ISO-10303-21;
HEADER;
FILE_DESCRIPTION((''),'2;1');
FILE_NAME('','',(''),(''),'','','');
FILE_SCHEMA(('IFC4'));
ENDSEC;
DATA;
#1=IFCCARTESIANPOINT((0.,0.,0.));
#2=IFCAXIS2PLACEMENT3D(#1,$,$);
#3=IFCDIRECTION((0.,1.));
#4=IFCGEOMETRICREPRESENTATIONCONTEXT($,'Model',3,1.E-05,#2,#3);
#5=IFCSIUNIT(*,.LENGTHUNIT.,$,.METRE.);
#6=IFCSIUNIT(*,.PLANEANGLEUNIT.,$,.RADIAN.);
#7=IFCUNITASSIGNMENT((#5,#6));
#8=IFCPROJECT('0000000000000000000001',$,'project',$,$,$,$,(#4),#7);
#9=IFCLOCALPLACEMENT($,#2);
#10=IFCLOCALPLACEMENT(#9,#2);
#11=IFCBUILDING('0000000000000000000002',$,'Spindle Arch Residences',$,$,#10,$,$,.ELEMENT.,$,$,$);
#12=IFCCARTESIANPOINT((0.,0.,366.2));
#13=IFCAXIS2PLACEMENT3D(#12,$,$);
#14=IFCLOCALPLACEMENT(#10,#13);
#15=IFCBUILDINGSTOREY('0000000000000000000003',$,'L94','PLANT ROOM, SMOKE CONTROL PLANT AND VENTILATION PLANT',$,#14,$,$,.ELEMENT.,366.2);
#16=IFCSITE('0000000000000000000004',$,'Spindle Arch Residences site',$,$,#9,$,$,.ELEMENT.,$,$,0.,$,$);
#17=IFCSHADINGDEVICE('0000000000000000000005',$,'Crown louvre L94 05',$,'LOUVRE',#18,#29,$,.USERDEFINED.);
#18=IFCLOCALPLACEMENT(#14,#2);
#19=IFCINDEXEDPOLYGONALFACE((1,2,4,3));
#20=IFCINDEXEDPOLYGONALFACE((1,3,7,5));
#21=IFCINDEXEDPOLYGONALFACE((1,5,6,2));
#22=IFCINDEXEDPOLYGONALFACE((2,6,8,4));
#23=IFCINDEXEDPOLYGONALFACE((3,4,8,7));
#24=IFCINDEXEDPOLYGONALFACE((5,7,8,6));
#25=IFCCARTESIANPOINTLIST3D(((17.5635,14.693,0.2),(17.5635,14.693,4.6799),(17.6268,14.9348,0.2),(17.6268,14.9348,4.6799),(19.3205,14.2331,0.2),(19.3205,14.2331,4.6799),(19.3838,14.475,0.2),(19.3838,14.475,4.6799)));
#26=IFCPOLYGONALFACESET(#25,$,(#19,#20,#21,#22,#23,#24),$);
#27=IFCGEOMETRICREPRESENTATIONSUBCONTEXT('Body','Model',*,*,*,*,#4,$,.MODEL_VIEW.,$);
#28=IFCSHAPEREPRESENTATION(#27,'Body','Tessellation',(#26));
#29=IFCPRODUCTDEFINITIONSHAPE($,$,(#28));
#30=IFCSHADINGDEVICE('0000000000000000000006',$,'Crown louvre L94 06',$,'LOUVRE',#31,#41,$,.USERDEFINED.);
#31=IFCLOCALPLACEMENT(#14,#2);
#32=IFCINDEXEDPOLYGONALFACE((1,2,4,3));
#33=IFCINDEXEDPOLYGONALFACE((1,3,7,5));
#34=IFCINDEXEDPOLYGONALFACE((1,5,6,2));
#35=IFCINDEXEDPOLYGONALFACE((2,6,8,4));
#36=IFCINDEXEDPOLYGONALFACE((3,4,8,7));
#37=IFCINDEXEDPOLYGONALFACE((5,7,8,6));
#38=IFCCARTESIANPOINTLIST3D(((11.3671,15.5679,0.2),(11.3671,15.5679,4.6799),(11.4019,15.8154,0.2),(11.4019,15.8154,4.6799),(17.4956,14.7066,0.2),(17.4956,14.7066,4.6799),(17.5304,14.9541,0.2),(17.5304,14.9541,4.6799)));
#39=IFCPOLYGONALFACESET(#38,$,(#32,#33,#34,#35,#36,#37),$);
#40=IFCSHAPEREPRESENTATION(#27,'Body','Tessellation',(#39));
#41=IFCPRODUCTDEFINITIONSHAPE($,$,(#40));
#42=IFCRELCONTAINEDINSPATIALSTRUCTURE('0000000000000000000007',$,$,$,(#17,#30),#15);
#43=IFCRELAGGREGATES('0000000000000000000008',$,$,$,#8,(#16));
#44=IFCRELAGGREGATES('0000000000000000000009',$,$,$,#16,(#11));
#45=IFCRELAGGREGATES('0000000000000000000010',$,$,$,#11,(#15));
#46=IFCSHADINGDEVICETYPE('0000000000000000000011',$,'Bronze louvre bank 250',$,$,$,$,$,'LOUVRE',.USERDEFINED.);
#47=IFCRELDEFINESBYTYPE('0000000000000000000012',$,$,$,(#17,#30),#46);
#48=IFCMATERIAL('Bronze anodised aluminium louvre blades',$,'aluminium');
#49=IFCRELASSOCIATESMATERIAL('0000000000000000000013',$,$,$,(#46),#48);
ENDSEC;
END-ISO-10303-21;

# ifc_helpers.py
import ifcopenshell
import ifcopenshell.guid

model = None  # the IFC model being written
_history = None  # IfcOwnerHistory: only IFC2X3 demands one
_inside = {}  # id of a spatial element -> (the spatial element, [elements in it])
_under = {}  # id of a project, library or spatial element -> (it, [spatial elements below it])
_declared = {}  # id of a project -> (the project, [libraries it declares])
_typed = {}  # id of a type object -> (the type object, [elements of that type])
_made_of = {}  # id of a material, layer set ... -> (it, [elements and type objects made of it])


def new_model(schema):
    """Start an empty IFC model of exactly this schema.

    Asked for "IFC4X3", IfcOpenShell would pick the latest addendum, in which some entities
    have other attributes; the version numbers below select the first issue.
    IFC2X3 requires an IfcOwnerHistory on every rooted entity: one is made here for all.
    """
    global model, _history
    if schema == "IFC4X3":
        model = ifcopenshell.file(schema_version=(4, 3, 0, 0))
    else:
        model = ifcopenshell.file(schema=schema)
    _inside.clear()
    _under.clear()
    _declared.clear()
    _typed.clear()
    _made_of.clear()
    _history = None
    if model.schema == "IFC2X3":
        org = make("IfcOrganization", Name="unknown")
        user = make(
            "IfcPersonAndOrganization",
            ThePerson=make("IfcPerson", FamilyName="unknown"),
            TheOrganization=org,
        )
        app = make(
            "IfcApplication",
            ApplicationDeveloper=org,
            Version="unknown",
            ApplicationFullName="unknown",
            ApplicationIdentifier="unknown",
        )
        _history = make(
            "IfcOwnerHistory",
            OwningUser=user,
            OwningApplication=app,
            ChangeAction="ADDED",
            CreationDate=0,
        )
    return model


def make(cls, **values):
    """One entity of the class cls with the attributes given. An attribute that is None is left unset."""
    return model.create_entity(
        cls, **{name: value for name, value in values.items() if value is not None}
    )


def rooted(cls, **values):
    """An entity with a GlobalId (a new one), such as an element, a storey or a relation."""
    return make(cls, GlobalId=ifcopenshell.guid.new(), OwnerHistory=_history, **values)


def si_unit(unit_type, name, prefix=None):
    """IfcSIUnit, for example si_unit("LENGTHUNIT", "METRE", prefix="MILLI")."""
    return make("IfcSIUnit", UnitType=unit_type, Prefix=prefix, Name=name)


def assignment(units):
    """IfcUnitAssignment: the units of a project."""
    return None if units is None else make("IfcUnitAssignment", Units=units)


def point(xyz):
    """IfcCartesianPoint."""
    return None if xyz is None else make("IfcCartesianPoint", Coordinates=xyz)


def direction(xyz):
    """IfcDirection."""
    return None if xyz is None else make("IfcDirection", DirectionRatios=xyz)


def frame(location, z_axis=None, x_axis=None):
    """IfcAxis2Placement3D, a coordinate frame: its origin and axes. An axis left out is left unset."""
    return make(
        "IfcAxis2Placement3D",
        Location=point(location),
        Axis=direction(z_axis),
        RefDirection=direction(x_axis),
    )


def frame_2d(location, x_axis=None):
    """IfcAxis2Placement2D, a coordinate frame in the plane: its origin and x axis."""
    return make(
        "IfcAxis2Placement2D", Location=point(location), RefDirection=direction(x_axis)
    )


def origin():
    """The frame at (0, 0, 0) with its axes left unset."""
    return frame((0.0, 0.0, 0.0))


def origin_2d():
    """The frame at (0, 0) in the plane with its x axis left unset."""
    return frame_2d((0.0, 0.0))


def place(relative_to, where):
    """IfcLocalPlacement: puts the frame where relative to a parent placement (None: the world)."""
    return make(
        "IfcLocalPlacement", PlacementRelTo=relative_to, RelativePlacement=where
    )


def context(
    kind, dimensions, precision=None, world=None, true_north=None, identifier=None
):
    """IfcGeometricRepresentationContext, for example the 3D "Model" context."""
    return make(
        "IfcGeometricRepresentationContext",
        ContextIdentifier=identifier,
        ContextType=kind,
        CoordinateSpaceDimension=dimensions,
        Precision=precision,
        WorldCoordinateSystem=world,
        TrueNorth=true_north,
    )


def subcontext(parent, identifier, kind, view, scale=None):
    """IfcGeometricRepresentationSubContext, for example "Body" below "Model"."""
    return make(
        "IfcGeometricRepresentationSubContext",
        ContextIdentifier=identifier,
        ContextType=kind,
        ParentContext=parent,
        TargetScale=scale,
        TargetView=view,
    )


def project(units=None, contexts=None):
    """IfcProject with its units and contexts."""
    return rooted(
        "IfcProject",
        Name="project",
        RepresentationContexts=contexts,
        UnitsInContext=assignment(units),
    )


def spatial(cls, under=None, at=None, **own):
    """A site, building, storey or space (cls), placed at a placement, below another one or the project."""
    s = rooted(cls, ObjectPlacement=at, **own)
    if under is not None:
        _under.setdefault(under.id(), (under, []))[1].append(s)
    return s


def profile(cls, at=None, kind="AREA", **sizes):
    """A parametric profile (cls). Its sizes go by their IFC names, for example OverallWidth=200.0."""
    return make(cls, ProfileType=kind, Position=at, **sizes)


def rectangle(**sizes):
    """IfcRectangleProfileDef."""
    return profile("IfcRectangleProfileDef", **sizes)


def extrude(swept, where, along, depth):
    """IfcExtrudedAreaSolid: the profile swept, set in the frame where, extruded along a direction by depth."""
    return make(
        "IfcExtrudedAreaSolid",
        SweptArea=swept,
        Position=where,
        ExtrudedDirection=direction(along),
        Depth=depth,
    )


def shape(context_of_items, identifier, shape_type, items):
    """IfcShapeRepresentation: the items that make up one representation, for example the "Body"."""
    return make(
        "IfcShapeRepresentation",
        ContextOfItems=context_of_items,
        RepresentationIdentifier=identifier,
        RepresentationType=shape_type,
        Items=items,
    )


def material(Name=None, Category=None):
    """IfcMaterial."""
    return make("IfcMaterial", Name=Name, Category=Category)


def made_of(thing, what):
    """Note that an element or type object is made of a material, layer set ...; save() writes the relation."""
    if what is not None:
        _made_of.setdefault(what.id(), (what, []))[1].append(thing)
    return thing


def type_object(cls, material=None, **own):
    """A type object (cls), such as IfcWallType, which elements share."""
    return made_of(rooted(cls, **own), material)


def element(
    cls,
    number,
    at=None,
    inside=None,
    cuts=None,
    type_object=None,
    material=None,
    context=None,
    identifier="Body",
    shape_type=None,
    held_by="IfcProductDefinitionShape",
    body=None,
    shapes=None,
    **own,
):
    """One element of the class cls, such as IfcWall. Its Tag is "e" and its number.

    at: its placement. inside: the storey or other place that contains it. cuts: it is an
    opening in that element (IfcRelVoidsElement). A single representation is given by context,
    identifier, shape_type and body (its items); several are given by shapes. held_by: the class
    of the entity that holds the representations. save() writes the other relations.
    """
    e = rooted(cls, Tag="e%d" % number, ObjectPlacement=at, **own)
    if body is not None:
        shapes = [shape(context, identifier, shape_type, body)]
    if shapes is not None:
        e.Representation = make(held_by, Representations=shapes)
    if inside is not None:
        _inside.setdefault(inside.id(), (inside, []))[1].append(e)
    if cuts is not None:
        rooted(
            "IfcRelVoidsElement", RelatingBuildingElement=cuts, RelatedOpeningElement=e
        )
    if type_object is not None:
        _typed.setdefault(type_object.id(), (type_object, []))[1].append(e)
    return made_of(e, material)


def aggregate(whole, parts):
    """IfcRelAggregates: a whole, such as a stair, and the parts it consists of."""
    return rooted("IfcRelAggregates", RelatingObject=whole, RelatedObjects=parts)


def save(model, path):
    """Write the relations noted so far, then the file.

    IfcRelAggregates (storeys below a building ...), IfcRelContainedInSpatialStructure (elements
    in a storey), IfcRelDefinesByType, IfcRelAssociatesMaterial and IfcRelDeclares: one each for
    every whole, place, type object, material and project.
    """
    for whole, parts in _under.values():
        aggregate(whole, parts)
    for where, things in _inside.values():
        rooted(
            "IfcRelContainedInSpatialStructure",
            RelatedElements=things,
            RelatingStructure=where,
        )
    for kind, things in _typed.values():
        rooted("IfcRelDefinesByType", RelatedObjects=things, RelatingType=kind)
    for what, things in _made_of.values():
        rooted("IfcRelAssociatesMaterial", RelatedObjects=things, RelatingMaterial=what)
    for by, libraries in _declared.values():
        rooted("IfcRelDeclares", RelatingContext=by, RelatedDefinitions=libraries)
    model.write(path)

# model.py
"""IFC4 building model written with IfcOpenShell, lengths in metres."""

from ifc_helpers import new_model, si_unit, direction, frame, origin, origin_2d, place, context, subcontext, project, spatial, rectangle, extrude, material, type_object, element, save


model = new_model("IFC4")

# Units and contexts
model_context = context("Model", 3, precision=1e-05, world=origin(), true_north=direction((0.0, 1.0)))
body_context = subcontext(model_context, "Body", "Model", "MODEL_VIEW")
ifc_project = project(units=[si_unit("LENGTHUNIT", "METRE"), si_unit("PLANEANGLEUNIT", "RADIAN")], contexts=[model_context])

# Site, building, storey
site_placement = place(None, origin())
site = spatial("IfcSite", under=ifc_project, at=site_placement, Name="Spindle Arch Residences site", CompositionType="ELEMENT", RefElevation=0.0)
building_placement = place(site_placement, origin())
building = spatial("IfcBuilding", under=site, at=building_placement, Name="Spindle Arch Residences", CompositionType="ELEMENT")
storey_placement = place(building_placement, frame((0.0, 0.0, 366.2)))
storey = spatial("IfcBuildingStorey", under=building, at=storey_placement, Name="L94", Description="PLANT ROOM, SMOKE CONTROL PLANT AND VENTILATION PLANT", CompositionType="ELEMENT", Elevation=366.2)

# Shading devices
ifc_material_1 = material(Name="Bronze anodised aluminium louvre blades", Category="aluminium")
shading_device_type = type_object("IfcShadingDeviceType", Name="Bronze louvre bank 250", ElementType="LOUVRE", PredefinedType="USERDEFINED", material=ifc_material_1)
shading_device_1_placement = place(storey_placement, frame((18.4736, 14.584, 0.2), z_axis=(0.0, 0.0, 1.0), x_axis=(-0.967415, 0.253195, 0.0)))
element("IfcShadingDevice", 1, at=shading_device_1_placement, inside=storey, type_object=shading_device_type, Name="Crown louvre L94 05", ObjectType="LOUVRE", PredefinedType="USERDEFINED", context=body_context, shape_type="SweptSolid", body=[
    extrude(rectangle(XDim=1.8162, YDim=0.25, at=origin_2d()), origin(), (0.0, 0.0, 1.0), 4.48),
])
shading_device_2_placement = place(storey_placement, frame((14.4487, 15.261, 0.2), z_axis=(0.0, 0.0, 1.0), x_axis=(-0.990268, 0.139173, 0.0)))
element("IfcShadingDevice", 2, at=shading_device_2_placement, inside=storey, type_object=shading_device_type, Name="Crown louvre L94 06", ObjectType="LOUVRE", PredefinedType="USERDEFINED", context=body_context, shape_type="SweptSolid", body=[
    extrude(rectangle(XDim=6.1887, YDim=0.25, at=origin_2d()), origin(), (0.0, 0.0, 1.0), 4.48),
])

save(model, "model.ifc")
